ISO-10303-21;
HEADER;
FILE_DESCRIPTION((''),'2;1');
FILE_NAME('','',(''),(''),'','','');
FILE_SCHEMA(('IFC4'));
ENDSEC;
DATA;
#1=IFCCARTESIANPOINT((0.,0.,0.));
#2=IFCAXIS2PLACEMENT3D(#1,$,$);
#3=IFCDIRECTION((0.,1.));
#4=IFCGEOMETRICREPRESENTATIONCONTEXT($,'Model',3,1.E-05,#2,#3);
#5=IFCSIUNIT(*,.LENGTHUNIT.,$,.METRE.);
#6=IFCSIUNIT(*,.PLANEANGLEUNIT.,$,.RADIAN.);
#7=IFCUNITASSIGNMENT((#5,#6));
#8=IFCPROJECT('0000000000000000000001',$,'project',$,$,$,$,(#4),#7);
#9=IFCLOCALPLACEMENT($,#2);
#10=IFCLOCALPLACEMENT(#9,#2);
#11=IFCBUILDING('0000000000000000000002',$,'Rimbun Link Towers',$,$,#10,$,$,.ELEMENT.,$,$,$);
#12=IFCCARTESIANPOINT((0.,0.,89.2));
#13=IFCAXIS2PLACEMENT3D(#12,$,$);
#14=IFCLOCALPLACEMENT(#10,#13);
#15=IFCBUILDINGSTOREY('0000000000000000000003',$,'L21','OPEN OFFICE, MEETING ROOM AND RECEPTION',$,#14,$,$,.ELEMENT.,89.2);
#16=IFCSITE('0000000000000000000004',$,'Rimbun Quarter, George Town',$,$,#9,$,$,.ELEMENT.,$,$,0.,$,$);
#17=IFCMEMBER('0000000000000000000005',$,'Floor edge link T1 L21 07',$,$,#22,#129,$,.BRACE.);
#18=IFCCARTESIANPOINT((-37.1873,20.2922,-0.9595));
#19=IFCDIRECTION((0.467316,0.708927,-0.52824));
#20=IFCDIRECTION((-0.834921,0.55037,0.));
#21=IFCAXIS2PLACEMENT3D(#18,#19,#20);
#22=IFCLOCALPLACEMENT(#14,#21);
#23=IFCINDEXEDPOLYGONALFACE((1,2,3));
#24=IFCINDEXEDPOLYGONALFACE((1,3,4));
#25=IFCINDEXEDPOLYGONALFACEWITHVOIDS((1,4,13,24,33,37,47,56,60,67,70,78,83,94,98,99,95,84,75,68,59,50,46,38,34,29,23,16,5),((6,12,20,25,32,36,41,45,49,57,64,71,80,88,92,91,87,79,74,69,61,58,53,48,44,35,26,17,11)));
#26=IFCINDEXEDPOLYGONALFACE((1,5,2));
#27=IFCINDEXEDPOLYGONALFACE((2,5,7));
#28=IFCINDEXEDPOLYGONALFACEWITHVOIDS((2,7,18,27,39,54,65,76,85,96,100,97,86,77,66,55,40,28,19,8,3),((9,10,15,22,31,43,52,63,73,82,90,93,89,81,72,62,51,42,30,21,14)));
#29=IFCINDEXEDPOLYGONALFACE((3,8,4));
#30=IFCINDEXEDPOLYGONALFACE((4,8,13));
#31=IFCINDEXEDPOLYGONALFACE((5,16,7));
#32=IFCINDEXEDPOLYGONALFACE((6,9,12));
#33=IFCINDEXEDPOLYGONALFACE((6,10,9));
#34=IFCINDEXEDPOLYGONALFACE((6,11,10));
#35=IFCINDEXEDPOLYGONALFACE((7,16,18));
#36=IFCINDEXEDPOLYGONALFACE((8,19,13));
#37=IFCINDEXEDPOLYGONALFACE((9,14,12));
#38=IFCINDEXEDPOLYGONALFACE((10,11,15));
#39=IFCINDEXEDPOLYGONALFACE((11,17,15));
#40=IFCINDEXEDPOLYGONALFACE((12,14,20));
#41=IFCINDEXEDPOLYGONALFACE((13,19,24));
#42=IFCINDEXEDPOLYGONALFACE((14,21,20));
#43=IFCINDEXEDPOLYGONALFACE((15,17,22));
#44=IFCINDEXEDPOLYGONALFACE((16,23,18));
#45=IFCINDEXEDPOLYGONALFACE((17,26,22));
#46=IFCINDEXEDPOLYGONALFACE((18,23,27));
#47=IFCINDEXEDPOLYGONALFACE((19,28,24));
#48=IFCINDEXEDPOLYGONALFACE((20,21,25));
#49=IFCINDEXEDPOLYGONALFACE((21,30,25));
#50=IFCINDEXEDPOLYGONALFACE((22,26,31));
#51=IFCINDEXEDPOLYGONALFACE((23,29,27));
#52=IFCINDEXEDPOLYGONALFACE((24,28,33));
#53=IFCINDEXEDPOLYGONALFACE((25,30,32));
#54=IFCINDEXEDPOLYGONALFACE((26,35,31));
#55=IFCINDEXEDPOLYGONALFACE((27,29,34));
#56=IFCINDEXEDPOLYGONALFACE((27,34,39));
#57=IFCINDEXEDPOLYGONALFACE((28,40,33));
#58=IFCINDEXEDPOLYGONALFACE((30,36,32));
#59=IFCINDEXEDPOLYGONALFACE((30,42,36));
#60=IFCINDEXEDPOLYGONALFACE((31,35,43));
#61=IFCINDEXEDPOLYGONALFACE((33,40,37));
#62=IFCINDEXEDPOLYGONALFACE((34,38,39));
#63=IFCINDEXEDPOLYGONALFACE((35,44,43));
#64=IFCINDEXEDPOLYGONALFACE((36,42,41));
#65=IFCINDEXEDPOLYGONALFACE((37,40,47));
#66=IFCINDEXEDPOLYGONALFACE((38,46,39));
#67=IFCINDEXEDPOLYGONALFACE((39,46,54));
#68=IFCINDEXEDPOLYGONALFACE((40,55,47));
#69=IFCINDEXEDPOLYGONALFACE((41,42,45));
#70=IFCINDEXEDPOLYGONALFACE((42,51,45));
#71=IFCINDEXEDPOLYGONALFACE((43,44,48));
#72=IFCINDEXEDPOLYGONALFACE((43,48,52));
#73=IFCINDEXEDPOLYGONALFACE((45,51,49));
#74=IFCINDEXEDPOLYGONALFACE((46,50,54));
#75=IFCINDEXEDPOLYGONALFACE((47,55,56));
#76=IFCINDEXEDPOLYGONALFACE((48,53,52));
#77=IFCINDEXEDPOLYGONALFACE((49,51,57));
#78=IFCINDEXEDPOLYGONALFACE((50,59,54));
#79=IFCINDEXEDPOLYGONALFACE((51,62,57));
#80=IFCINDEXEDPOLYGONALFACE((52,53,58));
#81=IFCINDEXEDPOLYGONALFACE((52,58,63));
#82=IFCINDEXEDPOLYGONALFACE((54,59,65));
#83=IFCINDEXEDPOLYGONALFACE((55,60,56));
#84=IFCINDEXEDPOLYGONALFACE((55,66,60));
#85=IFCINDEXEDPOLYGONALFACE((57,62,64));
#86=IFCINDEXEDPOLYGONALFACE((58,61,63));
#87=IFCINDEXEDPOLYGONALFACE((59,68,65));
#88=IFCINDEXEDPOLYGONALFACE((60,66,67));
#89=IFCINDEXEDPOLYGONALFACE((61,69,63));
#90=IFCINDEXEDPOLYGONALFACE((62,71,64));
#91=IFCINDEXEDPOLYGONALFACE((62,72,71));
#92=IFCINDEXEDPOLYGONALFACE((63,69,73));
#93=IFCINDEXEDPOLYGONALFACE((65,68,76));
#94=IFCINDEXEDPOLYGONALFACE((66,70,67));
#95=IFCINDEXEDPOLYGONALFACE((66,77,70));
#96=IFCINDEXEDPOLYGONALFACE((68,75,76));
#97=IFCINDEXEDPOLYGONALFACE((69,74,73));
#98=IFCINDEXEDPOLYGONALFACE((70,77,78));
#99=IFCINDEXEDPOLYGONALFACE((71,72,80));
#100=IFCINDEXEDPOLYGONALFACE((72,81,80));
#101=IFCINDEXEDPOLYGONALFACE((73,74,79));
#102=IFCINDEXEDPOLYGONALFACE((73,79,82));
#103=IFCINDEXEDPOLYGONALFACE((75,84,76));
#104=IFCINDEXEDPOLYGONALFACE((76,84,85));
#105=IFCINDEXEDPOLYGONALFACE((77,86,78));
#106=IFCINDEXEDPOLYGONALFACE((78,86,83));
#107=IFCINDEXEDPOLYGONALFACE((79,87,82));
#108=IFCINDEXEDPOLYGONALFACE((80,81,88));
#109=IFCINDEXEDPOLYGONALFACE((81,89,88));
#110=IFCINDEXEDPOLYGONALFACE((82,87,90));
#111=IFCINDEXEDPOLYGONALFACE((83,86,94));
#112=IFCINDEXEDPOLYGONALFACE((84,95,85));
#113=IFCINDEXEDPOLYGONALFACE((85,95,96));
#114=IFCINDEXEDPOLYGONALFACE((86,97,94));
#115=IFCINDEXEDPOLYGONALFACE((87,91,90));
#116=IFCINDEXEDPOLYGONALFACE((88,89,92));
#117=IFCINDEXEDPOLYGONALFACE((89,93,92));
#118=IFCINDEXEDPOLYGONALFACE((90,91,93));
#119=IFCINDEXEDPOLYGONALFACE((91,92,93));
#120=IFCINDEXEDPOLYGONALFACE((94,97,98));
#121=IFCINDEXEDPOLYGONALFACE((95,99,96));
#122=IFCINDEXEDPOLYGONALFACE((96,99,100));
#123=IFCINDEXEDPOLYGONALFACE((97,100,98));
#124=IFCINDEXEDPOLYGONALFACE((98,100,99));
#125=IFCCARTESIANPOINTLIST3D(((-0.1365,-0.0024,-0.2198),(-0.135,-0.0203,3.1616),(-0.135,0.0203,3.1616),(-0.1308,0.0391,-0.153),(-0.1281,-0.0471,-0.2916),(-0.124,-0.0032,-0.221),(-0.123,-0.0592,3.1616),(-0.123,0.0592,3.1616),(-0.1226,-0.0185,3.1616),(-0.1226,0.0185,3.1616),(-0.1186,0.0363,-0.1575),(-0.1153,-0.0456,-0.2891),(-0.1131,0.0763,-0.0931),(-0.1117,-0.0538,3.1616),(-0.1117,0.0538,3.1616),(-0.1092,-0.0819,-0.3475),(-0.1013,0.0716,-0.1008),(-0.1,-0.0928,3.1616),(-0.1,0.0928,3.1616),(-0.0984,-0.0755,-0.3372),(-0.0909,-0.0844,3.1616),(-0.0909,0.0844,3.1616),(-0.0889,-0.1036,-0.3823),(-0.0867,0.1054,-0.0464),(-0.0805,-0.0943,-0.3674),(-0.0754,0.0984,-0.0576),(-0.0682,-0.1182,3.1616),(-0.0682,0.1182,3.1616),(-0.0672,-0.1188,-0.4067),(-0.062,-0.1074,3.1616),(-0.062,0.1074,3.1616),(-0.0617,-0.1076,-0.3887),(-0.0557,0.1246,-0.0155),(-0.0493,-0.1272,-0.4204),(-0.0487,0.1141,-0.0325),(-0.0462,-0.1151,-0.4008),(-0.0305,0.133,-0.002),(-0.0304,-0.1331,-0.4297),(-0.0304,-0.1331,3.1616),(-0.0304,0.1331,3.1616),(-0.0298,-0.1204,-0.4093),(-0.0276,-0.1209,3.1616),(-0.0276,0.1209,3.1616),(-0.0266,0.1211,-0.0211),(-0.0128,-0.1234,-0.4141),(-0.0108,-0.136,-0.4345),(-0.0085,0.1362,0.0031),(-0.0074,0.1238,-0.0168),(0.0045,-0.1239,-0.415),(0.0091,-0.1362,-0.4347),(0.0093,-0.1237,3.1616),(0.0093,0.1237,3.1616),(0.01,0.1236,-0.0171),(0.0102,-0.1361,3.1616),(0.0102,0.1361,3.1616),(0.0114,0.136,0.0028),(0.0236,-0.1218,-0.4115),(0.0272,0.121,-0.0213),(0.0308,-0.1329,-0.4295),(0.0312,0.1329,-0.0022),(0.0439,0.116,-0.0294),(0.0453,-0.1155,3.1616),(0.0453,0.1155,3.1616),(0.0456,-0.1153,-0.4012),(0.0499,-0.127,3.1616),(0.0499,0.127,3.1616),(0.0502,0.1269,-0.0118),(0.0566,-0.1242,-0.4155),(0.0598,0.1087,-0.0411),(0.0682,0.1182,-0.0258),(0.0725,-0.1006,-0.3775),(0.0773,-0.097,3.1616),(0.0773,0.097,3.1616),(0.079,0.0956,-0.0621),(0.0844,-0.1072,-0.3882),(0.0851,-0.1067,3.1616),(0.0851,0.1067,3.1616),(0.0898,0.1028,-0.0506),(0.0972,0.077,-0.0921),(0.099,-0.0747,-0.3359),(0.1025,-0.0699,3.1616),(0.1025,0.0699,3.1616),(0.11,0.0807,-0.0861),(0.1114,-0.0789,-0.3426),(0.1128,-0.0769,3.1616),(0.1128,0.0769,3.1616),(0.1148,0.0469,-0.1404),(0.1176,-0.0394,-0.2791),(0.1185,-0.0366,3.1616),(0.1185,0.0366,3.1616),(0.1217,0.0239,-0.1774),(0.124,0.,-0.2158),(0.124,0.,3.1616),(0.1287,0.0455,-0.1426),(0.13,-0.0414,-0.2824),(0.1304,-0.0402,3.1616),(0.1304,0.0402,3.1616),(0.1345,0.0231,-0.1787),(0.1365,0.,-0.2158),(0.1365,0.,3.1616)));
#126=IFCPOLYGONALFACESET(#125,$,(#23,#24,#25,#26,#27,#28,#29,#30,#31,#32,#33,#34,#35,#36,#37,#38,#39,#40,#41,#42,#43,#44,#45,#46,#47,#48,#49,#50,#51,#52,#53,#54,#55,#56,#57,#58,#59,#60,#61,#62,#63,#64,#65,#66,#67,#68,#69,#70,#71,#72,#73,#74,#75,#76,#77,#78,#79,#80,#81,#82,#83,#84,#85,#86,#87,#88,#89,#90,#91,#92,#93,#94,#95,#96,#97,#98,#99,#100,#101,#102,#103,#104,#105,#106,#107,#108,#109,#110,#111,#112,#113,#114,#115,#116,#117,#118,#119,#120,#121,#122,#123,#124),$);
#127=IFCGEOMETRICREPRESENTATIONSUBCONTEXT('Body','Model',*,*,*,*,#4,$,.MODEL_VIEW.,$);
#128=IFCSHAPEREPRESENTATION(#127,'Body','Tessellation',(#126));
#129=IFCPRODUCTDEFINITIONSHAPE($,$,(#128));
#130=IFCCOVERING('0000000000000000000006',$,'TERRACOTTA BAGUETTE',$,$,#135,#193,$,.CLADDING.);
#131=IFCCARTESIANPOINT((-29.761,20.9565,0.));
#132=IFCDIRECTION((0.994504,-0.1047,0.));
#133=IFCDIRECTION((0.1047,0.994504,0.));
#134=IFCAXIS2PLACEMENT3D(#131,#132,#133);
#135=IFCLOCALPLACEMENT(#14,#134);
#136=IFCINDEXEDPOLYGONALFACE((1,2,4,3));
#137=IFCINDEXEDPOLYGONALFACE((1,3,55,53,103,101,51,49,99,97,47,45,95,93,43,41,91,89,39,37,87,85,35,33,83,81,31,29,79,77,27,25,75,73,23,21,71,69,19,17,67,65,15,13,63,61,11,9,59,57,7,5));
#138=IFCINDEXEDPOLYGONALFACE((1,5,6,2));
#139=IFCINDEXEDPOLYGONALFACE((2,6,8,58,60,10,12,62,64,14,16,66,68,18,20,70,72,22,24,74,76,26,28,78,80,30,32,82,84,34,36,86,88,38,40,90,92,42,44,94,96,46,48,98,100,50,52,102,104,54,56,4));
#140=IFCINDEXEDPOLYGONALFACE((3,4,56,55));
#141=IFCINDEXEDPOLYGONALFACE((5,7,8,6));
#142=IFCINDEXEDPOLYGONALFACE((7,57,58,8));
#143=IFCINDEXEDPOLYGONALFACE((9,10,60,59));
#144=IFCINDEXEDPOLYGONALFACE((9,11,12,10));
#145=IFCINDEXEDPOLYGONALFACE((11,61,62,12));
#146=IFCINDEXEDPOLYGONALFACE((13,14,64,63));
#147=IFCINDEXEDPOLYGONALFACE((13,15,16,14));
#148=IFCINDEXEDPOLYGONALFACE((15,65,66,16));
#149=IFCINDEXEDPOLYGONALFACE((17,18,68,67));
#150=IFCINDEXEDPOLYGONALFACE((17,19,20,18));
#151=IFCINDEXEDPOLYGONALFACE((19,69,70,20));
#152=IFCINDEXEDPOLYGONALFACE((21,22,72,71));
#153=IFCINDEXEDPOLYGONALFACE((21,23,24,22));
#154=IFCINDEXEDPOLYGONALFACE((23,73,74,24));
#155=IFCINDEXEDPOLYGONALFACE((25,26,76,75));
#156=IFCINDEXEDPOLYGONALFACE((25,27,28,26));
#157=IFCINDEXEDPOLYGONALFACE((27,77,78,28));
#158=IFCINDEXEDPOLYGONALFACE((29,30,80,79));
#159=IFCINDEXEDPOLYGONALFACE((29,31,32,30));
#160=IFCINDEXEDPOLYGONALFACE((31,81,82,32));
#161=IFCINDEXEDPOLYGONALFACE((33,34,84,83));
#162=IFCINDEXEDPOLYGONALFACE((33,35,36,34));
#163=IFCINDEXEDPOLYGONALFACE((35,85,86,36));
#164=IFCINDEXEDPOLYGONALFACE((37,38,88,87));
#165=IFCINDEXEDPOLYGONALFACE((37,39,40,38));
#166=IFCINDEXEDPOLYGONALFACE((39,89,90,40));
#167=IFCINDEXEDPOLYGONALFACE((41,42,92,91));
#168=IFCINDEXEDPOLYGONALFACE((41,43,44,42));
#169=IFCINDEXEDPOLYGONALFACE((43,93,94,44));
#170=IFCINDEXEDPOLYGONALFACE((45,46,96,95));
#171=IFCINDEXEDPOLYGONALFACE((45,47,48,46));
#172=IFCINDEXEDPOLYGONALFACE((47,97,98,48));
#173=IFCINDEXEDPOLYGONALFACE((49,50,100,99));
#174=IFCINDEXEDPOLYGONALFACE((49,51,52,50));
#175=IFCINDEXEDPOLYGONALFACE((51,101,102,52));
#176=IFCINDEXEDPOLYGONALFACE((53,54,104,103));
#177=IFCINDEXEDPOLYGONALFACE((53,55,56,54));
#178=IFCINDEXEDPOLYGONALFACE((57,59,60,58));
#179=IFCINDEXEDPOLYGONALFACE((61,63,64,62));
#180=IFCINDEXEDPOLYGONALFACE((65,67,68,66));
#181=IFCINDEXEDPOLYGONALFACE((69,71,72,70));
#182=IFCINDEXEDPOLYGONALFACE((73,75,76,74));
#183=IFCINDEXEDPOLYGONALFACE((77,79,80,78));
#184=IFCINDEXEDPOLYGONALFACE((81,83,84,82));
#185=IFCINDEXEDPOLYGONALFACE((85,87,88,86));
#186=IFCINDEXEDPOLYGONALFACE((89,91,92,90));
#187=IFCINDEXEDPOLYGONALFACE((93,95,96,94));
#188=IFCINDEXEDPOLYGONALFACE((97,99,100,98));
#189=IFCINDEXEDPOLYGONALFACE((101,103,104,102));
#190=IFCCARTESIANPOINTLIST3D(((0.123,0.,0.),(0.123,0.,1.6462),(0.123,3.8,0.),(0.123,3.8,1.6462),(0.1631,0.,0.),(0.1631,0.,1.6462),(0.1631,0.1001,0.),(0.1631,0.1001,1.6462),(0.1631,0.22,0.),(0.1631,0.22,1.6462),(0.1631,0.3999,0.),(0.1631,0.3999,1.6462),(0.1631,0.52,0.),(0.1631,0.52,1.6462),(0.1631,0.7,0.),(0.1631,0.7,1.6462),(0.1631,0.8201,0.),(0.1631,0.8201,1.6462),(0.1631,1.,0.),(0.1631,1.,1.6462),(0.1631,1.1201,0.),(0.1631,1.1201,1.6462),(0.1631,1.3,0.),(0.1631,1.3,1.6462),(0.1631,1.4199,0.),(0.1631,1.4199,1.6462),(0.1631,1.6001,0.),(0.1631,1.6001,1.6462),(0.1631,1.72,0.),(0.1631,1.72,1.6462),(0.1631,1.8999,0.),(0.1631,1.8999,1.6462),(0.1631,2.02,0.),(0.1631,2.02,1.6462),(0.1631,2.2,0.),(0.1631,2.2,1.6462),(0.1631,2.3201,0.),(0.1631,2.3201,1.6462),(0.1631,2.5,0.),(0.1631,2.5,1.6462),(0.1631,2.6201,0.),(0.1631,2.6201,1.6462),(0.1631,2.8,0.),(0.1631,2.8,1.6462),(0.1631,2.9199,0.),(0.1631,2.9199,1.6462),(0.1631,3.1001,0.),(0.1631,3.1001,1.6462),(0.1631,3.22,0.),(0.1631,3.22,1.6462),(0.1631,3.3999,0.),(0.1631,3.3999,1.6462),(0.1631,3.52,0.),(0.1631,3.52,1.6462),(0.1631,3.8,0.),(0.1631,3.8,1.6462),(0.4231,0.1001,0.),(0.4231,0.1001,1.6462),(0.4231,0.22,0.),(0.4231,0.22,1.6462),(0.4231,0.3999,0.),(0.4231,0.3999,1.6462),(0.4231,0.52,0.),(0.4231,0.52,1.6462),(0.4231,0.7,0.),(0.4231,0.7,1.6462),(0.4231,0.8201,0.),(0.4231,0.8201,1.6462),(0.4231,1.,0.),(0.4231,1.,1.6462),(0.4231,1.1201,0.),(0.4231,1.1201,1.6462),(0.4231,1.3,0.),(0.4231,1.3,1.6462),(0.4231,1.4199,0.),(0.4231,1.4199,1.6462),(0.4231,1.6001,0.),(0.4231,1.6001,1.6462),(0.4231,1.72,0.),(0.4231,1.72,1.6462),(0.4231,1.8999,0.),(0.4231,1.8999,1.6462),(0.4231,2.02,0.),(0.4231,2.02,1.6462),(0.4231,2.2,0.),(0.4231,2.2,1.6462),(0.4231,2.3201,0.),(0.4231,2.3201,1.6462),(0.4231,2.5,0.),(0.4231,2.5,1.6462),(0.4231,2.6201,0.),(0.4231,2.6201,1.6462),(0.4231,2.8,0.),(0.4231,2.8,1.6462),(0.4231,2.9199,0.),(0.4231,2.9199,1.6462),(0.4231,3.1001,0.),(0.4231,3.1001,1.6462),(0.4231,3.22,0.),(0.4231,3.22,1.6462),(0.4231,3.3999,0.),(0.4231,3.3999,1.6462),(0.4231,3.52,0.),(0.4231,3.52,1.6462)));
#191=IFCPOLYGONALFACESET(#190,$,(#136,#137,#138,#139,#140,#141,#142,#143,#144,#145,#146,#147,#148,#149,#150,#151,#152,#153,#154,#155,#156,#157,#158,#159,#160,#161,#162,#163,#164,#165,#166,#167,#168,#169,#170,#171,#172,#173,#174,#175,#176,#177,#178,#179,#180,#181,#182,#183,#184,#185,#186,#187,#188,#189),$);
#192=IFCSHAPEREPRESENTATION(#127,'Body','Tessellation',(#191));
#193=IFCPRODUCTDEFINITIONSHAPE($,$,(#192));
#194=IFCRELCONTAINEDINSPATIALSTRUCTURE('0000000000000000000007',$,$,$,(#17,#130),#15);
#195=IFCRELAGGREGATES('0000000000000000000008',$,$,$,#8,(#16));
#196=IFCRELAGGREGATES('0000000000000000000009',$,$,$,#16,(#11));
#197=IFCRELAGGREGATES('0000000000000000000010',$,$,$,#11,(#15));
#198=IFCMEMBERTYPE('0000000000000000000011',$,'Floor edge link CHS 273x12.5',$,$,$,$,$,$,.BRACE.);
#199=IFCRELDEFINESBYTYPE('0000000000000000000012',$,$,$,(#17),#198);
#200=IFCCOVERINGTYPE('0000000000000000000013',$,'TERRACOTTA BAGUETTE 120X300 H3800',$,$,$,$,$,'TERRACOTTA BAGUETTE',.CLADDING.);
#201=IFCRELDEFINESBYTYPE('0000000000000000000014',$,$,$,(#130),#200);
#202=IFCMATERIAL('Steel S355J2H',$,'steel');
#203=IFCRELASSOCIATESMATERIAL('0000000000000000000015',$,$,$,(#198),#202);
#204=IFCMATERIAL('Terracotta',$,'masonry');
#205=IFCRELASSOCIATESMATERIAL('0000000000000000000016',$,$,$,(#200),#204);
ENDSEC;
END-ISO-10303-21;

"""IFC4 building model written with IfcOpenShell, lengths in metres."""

from ifc_helpers import new_model, si_unit, direction, frame, origin, origin_2d, place, context, subcontext, project, spatial, polyline, hollow_circle, outline, extrude, clip, halfspace, material, material_profile, profile_set, type_object, element, save


model = new_model("IFC4")

# Units and contexts
model_context = context("Model", 3, precision=1e-05, world=origin(), true_north=direction((0.0, 1.0)))
body_context = subcontext(model_context, "Body", "Model", "MODEL_VIEW")
ifc_project = project(units=[si_unit("LENGTHUNIT", "METRE"), si_unit("PLANEANGLEUNIT", "RADIAN")], contexts=[model_context])

# Site, building, storey
site_placement = place(None, origin())
site = spatial("IfcSite", under=ifc_project, at=site_placement, Name="Rimbun Quarter, George Town", CompositionType="ELEMENT", RefElevation=0.0)
building_placement = place(site_placement, origin())
building = spatial("IfcBuilding", under=site, at=building_placement, Name="Rimbun Link Towers", CompositionType="ELEMENT")
storey_placement = place(building_placement, frame((0.0, 0.0, 89.2)))
storey = spatial("IfcBuildingStorey", under=building, at=storey_placement, Name="L21", Description="OPEN OFFICE, MEETING ROOM AND RECEPTION", CompositionType="ELEMENT", Elevation=89.2)

# Member
ifc_material_1 = material(Name="Steel S355J2H", Category="steel")
ifc_material_profile_1 = material_profile(ifc_material_1, hollow_circle(Radius=0.1365, WallThickness=0.0125, at=origin_2d()), Name="CHS 273x12.5")
ifc_profile_set_1 = profile_set([ifc_material_profile_1], Name="Steel S355J2H")
member_type_1 = type_object("IfcMemberType", Name="Floor edge link CHS 273x12.5", PredefinedType="BRACE", material=ifc_profile_set_1)
member_1_placement = place(storey_placement, frame((-37.1873, 20.2922, -0.9595), z_axis=(0.467316, 0.708927, -0.52824), x_axis=(-0.834921, 0.55037, 0.0)))
element("IfcMember", 1, at=member_1_placement, inside=storey, type_object=member_type_1, Name="Floor edge link T1 L21 07", PredefinedType="BRACE", context=body_context, shape_type="Clipping", body=[
    clip(extrude(hollow_circle(Radius=0.1365, WallThickness=0.0125, at=origin_2d()), frame((0.0, 0.0, -0.4578)), (0.0, 0.0, 1.0), 3.6194), halfspace(frame((0.0, 0.0, -0.2158), z_axis=(0.0, 0.849095, -0.52824)), False)),
])

# Covering
ifc_material_2 = material(Name="Terracotta", Category="masonry")
ifc_material_profile_2 = material_profile(ifc_material_2, outline(polyline([(0.123, 0.0), (0.1631, 0.0), (0.1631, 0.1001), (0.4231, 0.1001), (0.4231, 0.22), (0.1631, 0.22), (0.1631, 0.3999), (0.4231, 0.3999), (0.4231, 0.52), (0.1631, 0.52), (0.1631, 0.7), (0.4231, 0.7), (0.4231, 0.8201), (0.1631, 0.8201), (0.1631, 1.0), (0.4231, 1.0), (0.4231, 1.1201), (0.1631, 1.1201), (0.1631, 1.3), (0.4231, 1.3), (0.4231, 1.4199), (0.1631, 1.4199), (0.1631, 1.6001), (0.4231, 1.6001), (0.4231, 1.72), (0.1631, 1.72), (0.1631, 1.8999), (0.4231, 1.8999), (0.4231, 2.02), (0.1631, 2.02), (0.1631, 2.2), (0.4231, 2.2), (0.4231, 2.3201), (0.1631, 2.3201), (0.1631, 2.5), (0.4231, 2.5), (0.4231, 2.6201), (0.1631, 2.6201), (0.1631, 2.8), (0.4231, 2.8), (0.4231, 2.9199), (0.1631, 2.9199), (0.1631, 3.1001), (0.4231, 3.1001), (0.4231, 3.22), (0.1631, 3.22), (0.1631, 3.3999), (0.4231, 3.3999), (0.4231, 3.52), (0.1631, 3.52), (0.1631, 3.8), (0.123, 3.8), (0.123, 0.0)])), Name="BAGUETTE 120X300")
ifc_profile_set_2 = profile_set([ifc_material_profile_2], Name="Terracotta")
covering_type = type_object("IfcCoveringType", Name="TERRACOTTA BAGUETTE 120X300 H3800", ElementType="TERRACOTTA BAGUETTE", PredefinedType="CLADDING", material=ifc_profile_set_2)
covering_1_placement = place(storey_placement, frame((-29.761, 20.9565, 0.0), z_axis=(0.994504, -0.1047, 0.0), x_axis=(0.1047, 0.994504, 0.0)))
element("IfcCovering", 2, at=covering_1_placement, inside=storey, type_object=covering_type, Name="TERRACOTTA BAGUETTE", PredefinedType="CLADDING", context=body_context, shape_type="SweptSolid", body=[
    extrude(outline(polyline([(0.123, 0.0), (0.1631, 0.0), (0.1631, 0.1001), (0.4231, 0.1001), (0.4231, 0.22), (0.1631, 0.22), (0.1631, 0.3999), (0.4231, 0.3999), (0.4231, 0.52), (0.1631, 0.52), (0.1631, 0.7), (0.4231, 0.7), (0.4231, 0.8201), (0.1631, 0.8201), (0.1631, 1.0), (0.4231, 1.0), (0.4231, 1.1201), (0.1631, 1.1201), (0.1631, 1.3), (0.4231, 1.3), (0.4231, 1.4199), (0.1631, 1.4199), (0.1631, 1.6001), (0.4231, 1.6001), (0.4231, 1.72), (0.1631, 1.72), (0.1631, 1.8999), (0.4231, 1.8999), (0.4231, 2.02), (0.1631, 2.02), (0.1631, 2.2), (0.4231, 2.2), (0.4231, 2.3201), (0.1631, 2.3201), (0.1631, 2.5), (0.4231, 2.5), (0.4231, 2.6201), (0.1631, 2.6201), (0.1631, 2.8), (0.4231, 2.8), (0.4231, 2.9199), (0.1631, 2.9199), (0.1631, 3.1001), (0.4231, 3.1001), (0.4231, 3.22), (0.1631, 3.22), (0.1631, 3.3999), (0.4231, 3.3999), (0.4231, 3.52), (0.1631, 3.52), (0.1631, 3.8), (0.123, 3.8), (0.123, 0.0)])), origin(), (0.0, 0.0, 1.0), 1.6462),
])

save(model, "model.ifc")
